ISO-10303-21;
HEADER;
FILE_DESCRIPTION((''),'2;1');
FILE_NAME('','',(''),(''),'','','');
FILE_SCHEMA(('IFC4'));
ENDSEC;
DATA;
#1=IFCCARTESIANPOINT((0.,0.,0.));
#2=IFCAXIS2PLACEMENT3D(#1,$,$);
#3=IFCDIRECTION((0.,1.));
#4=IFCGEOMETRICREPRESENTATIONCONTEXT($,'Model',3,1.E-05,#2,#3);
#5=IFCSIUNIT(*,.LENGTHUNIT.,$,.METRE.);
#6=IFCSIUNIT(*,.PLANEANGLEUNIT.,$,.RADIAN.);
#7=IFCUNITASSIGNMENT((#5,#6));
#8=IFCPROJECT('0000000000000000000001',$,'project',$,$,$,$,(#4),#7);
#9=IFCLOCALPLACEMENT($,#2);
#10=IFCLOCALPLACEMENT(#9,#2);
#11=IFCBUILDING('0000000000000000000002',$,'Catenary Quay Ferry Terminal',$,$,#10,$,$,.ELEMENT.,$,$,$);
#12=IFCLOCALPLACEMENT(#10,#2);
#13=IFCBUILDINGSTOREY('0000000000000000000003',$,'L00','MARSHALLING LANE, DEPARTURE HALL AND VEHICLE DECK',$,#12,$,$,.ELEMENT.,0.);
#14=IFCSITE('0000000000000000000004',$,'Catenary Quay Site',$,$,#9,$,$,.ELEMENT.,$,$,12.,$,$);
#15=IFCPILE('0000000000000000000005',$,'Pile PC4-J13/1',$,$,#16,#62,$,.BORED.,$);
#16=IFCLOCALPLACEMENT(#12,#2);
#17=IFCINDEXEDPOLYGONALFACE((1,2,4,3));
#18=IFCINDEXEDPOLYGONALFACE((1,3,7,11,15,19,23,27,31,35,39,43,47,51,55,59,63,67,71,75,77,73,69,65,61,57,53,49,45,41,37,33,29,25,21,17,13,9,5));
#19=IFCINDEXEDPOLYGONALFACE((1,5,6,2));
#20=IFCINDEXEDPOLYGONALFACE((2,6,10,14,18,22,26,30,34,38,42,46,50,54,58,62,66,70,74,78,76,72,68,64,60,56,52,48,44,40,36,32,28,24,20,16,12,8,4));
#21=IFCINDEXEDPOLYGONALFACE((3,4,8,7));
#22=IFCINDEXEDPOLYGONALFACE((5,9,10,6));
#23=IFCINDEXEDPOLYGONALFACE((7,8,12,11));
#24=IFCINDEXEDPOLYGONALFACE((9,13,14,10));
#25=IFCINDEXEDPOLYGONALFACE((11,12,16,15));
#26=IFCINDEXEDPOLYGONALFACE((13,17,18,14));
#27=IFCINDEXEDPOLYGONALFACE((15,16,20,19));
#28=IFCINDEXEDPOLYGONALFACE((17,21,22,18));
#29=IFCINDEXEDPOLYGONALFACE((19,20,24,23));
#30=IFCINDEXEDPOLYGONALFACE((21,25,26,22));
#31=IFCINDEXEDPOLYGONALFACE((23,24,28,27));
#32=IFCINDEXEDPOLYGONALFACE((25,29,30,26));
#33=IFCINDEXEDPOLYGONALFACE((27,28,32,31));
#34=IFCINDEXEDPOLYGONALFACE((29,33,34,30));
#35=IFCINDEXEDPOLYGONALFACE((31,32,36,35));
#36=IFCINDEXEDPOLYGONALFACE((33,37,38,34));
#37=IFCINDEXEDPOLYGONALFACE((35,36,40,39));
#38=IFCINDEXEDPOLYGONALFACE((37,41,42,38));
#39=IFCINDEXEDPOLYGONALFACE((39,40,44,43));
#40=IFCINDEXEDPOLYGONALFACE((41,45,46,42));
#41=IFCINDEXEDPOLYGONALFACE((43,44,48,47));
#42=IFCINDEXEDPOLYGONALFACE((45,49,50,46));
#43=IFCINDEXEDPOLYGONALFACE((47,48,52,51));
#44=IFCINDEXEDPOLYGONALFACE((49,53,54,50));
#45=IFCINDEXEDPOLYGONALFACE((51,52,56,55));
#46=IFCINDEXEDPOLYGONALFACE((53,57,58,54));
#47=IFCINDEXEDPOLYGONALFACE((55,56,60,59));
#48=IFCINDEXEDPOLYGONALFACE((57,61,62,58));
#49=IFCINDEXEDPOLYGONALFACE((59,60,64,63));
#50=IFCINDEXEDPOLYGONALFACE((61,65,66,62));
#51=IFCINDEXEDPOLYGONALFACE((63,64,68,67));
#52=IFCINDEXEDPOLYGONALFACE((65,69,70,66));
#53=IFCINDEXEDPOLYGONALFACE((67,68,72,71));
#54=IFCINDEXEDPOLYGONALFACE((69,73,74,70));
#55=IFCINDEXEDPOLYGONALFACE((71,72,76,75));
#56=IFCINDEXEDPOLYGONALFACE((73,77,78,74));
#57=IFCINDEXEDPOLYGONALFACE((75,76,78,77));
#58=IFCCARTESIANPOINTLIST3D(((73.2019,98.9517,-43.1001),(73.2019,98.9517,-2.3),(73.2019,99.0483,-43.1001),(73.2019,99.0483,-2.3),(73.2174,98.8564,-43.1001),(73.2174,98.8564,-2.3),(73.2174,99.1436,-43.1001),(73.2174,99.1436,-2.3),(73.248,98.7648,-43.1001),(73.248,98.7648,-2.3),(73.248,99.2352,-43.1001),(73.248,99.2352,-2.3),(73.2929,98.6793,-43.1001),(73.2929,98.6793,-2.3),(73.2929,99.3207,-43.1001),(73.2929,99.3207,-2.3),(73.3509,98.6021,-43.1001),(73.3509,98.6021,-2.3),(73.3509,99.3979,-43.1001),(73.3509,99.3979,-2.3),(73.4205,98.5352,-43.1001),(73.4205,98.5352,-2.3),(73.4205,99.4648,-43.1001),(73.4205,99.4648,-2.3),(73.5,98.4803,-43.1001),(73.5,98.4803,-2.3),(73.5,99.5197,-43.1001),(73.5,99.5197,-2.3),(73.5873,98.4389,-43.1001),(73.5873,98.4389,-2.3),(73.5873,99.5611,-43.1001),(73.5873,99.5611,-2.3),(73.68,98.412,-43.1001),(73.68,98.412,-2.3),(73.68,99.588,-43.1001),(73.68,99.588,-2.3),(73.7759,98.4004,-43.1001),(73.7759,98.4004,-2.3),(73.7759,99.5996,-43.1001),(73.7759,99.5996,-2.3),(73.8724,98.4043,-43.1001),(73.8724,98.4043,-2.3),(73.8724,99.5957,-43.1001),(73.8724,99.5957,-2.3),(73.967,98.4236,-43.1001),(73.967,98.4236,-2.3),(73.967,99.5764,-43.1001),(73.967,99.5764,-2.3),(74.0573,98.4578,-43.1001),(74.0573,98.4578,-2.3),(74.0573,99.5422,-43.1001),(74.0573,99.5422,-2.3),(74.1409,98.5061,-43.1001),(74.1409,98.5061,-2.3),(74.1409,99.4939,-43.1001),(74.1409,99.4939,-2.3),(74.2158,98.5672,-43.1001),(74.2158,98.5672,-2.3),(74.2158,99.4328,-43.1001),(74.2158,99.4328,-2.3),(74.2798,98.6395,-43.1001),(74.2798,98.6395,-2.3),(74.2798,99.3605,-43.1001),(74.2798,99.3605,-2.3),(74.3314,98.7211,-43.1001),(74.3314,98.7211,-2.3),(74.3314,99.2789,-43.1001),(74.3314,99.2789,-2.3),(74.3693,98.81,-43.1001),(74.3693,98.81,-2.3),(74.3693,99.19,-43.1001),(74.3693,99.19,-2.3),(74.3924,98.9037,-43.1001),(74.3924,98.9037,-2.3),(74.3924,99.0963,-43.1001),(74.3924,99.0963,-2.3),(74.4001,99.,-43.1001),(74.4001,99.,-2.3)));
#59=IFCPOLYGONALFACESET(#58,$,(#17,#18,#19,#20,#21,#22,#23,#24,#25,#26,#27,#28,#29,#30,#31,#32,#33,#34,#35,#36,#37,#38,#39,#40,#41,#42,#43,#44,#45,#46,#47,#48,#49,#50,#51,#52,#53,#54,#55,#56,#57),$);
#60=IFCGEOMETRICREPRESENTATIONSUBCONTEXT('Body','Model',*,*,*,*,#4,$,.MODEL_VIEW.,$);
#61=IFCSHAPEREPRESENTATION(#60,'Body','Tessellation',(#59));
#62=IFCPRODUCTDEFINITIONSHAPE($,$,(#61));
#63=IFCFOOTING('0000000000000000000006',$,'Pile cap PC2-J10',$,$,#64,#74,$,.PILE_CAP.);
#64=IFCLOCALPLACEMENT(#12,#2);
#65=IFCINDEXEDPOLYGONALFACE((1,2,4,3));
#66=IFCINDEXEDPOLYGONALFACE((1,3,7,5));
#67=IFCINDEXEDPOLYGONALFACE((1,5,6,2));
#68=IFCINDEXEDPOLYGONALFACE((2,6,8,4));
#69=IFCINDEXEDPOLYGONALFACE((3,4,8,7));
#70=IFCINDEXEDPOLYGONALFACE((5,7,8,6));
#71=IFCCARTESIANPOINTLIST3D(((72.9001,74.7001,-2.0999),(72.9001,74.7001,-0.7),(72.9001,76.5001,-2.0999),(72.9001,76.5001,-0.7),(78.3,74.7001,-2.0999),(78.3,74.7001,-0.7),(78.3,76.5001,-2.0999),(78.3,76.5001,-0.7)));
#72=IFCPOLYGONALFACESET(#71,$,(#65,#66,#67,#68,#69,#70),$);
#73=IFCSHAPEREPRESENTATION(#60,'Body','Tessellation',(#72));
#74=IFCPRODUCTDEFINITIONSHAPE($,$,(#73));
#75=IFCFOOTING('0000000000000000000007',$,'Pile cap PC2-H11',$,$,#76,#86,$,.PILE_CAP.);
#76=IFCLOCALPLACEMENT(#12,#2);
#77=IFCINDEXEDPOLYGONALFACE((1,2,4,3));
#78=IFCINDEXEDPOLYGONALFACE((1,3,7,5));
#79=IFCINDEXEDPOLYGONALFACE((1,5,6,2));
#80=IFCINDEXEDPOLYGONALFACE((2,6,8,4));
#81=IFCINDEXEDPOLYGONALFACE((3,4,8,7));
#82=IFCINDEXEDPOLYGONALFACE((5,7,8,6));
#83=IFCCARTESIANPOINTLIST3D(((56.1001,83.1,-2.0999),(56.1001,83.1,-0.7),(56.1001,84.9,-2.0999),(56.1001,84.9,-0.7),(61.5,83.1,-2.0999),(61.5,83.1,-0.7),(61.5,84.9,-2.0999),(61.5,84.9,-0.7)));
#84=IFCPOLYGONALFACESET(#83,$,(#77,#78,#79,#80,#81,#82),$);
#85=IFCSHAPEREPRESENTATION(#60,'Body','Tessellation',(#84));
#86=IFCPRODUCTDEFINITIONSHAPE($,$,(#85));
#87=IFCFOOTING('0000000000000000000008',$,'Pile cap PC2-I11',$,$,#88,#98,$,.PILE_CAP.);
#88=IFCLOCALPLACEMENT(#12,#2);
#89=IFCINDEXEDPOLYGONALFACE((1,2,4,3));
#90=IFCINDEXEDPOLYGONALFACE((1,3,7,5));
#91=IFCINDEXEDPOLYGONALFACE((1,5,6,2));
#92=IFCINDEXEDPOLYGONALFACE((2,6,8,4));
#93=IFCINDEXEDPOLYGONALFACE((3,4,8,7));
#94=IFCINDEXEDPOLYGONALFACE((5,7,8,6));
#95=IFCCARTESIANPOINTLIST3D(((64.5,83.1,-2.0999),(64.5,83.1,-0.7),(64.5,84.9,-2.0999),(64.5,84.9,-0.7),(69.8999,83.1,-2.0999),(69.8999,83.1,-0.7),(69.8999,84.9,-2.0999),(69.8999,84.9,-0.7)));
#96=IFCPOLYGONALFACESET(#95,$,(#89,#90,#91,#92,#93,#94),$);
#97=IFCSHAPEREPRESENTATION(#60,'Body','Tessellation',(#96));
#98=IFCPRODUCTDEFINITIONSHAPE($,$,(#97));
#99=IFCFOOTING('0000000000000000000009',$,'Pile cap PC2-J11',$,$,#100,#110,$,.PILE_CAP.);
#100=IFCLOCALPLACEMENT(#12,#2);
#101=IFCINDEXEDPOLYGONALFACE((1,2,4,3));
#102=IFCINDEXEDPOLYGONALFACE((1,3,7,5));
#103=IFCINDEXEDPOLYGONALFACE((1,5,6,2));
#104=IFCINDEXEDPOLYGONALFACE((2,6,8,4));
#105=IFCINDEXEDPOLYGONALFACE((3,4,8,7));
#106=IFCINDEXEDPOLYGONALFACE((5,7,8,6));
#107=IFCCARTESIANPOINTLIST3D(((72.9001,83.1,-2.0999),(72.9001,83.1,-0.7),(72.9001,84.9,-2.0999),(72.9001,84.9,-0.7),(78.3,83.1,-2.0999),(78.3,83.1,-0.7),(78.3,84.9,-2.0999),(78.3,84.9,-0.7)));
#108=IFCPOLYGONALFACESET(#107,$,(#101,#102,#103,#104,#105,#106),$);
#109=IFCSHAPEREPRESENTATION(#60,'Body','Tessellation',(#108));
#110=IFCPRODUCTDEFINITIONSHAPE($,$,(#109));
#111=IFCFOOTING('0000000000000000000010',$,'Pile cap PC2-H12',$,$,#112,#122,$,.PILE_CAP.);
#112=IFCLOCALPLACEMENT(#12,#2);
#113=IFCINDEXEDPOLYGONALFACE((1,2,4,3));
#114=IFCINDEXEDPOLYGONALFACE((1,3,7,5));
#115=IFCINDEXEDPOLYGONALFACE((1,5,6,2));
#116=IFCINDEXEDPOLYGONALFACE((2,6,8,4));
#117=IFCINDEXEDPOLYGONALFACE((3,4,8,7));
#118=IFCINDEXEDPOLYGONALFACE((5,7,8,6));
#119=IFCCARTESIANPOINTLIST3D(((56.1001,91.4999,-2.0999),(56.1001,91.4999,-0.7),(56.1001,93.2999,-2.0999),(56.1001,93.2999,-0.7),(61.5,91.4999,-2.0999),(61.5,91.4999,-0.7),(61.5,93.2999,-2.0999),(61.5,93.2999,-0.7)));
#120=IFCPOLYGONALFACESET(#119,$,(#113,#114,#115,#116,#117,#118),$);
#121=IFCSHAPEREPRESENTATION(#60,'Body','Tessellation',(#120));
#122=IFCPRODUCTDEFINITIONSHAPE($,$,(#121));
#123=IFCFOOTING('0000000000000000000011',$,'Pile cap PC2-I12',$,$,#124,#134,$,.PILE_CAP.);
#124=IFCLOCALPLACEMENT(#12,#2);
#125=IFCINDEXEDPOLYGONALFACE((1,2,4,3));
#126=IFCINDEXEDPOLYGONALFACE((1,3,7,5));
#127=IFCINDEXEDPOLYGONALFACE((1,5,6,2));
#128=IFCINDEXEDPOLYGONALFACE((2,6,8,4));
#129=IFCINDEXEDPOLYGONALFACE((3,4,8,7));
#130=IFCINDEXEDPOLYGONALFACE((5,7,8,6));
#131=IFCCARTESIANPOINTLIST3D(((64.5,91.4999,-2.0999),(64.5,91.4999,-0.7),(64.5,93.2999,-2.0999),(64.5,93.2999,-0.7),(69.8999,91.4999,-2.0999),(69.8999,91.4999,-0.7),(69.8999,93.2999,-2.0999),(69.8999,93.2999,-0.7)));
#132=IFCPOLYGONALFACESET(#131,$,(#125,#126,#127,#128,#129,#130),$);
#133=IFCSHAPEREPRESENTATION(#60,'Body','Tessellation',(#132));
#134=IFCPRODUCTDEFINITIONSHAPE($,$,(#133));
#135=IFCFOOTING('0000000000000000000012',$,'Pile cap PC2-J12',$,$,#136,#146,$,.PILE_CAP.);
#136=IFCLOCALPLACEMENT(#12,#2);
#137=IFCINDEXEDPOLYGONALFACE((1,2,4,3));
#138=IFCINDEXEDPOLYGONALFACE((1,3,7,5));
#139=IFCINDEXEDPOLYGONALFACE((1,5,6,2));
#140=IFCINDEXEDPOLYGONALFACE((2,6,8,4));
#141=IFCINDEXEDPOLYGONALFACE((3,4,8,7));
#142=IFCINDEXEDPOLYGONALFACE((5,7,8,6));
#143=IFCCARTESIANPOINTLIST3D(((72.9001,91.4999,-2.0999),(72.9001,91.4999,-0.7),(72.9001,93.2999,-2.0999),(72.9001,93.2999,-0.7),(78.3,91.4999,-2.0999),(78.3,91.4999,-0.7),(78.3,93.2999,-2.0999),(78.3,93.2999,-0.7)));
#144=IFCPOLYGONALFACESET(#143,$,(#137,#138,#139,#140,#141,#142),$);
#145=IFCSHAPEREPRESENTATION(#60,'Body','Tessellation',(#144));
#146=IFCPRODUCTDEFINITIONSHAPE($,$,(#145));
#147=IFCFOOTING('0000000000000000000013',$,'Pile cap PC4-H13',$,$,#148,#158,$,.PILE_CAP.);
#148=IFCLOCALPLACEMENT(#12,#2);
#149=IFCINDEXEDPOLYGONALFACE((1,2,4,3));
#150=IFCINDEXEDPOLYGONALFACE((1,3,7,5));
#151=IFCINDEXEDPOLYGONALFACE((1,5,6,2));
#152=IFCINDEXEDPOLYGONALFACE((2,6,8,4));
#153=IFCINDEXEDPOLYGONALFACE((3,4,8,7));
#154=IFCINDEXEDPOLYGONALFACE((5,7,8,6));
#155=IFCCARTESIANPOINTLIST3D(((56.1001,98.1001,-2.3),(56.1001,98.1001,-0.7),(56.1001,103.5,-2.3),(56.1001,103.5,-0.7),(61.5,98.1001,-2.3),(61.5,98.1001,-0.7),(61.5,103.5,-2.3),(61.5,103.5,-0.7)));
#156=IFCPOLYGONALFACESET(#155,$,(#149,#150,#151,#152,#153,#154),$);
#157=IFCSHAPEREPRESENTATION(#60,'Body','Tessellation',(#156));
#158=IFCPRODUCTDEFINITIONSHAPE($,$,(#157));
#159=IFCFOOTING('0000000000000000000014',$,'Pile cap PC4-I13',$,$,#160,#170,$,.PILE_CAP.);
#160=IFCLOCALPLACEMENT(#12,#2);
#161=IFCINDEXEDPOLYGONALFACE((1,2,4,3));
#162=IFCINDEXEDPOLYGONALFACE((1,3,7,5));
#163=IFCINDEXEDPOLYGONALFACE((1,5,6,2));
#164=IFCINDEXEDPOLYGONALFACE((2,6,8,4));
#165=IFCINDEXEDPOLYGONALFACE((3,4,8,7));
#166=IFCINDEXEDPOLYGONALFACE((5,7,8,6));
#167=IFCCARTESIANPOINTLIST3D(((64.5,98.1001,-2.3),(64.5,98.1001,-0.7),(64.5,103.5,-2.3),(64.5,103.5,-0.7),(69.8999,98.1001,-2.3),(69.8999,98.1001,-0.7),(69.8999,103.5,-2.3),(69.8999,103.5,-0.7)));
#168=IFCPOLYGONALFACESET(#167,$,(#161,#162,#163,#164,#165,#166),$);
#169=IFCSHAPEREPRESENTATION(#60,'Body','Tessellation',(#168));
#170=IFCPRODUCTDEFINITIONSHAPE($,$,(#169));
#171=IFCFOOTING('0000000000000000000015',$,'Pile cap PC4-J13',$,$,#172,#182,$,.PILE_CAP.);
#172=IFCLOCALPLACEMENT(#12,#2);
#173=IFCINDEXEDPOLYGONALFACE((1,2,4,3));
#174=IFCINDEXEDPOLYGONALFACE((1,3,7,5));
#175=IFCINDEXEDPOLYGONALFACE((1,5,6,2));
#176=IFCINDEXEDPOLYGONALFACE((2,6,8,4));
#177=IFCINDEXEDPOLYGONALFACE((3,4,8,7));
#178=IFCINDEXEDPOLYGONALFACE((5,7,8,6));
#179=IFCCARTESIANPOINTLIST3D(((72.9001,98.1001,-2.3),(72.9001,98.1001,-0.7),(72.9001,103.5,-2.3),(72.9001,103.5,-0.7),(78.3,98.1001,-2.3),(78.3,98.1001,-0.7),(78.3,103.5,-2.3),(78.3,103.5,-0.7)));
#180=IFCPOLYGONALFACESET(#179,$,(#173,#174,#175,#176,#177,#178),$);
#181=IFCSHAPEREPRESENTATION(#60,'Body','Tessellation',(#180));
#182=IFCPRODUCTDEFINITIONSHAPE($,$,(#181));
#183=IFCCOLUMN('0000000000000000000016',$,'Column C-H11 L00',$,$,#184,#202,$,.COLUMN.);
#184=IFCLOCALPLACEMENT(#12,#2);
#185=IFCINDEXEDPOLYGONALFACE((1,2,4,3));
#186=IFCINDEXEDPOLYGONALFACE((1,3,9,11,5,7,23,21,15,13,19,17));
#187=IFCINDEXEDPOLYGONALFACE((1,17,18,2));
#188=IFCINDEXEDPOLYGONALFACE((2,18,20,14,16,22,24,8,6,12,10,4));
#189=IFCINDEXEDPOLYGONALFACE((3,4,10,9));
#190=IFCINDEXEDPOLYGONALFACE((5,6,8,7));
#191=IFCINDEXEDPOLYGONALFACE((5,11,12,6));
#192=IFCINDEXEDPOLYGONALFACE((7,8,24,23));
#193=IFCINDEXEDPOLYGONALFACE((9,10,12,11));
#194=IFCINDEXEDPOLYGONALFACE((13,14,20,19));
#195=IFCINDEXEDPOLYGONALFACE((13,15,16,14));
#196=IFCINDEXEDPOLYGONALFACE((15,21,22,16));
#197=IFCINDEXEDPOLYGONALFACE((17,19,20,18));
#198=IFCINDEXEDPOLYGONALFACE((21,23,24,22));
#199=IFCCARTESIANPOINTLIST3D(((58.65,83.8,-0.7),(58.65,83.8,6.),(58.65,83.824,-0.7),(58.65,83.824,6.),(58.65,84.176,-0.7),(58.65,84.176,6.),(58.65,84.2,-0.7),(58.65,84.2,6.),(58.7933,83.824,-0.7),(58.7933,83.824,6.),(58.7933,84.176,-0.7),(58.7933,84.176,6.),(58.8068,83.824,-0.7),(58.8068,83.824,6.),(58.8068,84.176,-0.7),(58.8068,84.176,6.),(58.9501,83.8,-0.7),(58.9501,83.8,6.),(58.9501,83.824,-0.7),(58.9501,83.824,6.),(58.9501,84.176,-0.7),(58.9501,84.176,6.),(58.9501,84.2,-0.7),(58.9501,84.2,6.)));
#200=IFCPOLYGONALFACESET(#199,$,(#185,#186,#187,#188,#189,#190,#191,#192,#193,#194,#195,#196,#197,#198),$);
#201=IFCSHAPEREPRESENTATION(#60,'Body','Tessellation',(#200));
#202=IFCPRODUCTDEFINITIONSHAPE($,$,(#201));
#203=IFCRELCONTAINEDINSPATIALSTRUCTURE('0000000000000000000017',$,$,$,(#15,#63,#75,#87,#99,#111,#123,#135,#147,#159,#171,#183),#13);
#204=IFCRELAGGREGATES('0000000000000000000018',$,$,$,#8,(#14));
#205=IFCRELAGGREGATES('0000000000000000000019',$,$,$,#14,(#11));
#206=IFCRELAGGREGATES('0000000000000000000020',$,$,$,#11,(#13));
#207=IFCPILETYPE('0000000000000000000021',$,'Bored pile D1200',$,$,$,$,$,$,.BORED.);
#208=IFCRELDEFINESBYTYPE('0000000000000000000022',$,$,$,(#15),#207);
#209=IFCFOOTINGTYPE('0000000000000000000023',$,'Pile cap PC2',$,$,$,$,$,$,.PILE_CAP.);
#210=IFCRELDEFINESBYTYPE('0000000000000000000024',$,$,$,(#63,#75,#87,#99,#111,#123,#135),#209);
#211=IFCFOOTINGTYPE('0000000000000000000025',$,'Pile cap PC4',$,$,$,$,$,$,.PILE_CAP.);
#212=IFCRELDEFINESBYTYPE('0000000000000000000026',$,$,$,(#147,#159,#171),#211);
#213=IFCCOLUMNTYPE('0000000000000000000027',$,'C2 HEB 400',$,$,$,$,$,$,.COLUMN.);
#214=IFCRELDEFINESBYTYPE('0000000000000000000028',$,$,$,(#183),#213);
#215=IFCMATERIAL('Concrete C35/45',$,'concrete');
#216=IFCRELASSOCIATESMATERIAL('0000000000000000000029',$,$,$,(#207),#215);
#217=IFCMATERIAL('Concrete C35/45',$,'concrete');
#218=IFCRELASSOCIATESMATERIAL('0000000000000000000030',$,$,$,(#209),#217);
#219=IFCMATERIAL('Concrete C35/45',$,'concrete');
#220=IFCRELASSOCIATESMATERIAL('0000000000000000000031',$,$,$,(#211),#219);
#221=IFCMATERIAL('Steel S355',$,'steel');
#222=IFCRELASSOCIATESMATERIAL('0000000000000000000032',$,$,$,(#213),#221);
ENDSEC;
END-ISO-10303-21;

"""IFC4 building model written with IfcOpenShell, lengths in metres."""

from ifc_helpers import new_model, si_unit, direction, frame, origin, origin_2d, place, context, subcontext, project, spatial, rectangle, circle, i_section, extrude, material, material_profile, profile_set, type_object, element, save


model = new_model("IFC4")

# Units and contexts
model_context = context("Model", 3, precision=1e-05, world=origin(), true_north=direction((0.0, 1.0)))
body_context = subcontext(model_context, "Body", "Model", "MODEL_VIEW")
ifc_project = project(units=[si_unit("LENGTHUNIT", "METRE"), si_unit("PLANEANGLEUNIT", "RADIAN")], contexts=[model_context])

# Site, building, storey
site_placement = place(None, origin())
site = spatial("IfcSite", under=ifc_project, at=site_placement, Name="Catenary Quay Site", CompositionType="ELEMENT", RefElevation=12.0)
building_placement = place(site_placement, origin())
building = spatial("IfcBuilding", under=site, at=building_placement, Name="Catenary Quay Ferry Terminal", CompositionType="ELEMENT")
storey_placement = place(building_placement, origin())
storey = spatial("IfcBuildingStorey", under=building, at=storey_placement, Name="L00", Description="MARSHALLING LANE, DEPARTURE HALL AND VEHICLE DECK", CompositionType="ELEMENT", Elevation=0.0)

# Pile
ifc_material_1 = material(Name="Concrete C35/45", Category="concrete")
ifc_material_profile_1 = material_profile(ifc_material_1, circle(Radius=0.6001, at=origin_2d()), Name="D1200")
ifc_profile_set_1 = profile_set([ifc_material_profile_1], Name="Concrete C35/45")
pile_type = type_object("IfcPileType", Name="Bored pile D1200", PredefinedType="BORED", material=ifc_profile_set_1)
for number, where, z_axis, x_axis, name in (
    (1, (73.8, 99.0, -2.3), (0.0, 0.0, -1.0), (1.0, 0.0, 0.0), "Pile PC4-J13/1"),
):
    element("IfcPile", number, at=place(storey_placement, frame(where, z_axis=z_axis, x_axis=x_axis)), inside=storey, type_object=pile_type, Name=name, PredefinedType="BORED", context=body_context, shape_type="SweptSolid", body=[
        extrude(circle(Radius=0.6001, at=origin_2d()), origin(), (0.0, 0.0, 1.0), 40.8),
    ])

# Footings
ifc_material_2 = material(Name="Concrete C35/45", Category="concrete")
footing_type_1 = type_object("IfcFootingType", Name="Pile cap PC2", PredefinedType="PILE_CAP", material=ifc_material_2)
for number, where, z_axis, x_axis, name in (
    (2, (75.6001, 75.6001, -2.0999), (0.0, 0.0, 1.0), (1.0, 0.0, 0.0), "Pile cap PC2-J10"),
    (3, (58.8, 84.0, -2.0999), (0.0, 0.0, 1.0), (1.0, 0.0, 0.0), "Pile cap PC2-H11"),
    (4, (67.2, 84.0, -2.0999), (0.0, 0.0, 1.0), (1.0, 0.0, 0.0), "Pile cap PC2-I11"),
    (5, (75.6001, 84.0, -2.0999), (0.0, 0.0, 1.0), (1.0, 0.0, 0.0), "Pile cap PC2-J11"),
    (6, (58.8, 92.3999, -2.0999), (0.0, 0.0, 1.0), (1.0, 0.0, 0.0), "Pile cap PC2-H12"),
    (7, (67.2, 92.3999, -2.0999), (0.0, 0.0, 1.0), (1.0, 0.0, 0.0), "Pile cap PC2-I12"),
    (8, (75.6001, 92.3999, -2.0999), (0.0, 0.0, 1.0), (1.0, 0.0, 0.0), "Pile cap PC2-J12"),
):
    element("IfcFooting", number, at=place(storey_placement, frame(where, z_axis=z_axis, x_axis=x_axis)), inside=storey, type_object=footing_type_1, Name=name, PredefinedType="PILE_CAP", context=body_context, shape_type="SweptSolid", body=[
        extrude(rectangle(XDim=5.3999, YDim=1.8, at=origin_2d()), origin(), (0.0, 0.0, 1.0), 1.3999),
    ])
ifc_material_3 = material(Name="Concrete C35/45", Category="concrete")
footing_type_2 = type_object("IfcFootingType", Name="Pile cap PC4", PredefinedType="PILE_CAP", material=ifc_material_3)
for number, where, z_axis, x_axis, name in (
    (9, (58.8, 100.8, -2.3), (0.0, 0.0, 1.0), (1.0, 0.0, 0.0), "Pile cap PC4-H13"),
    (10, (67.2, 100.8, -2.3), (0.0, 0.0, 1.0), (1.0, 0.0, 0.0), "Pile cap PC4-I13"),
    (11, (75.6001, 100.8, -2.3), (0.0, 0.0, 1.0), (1.0, 0.0, 0.0), "Pile cap PC4-J13"),
):
    element("IfcFooting", number, at=place(storey_placement, frame(where, z_axis=z_axis, x_axis=x_axis)), inside=storey, type_object=footing_type_2, Name=name, PredefinedType="PILE_CAP", context=body_context, shape_type="SweptSolid", body=[
        extrude(rectangle(XDim=5.3999, YDim=5.3999, at=origin_2d()), origin(), (0.0, 0.0, 1.0), 1.6001),
    ])

# Column
ifc_material_4 = material(Name="Steel S355", Category="steel")
ifc_material_profile_2 = material_profile(ifc_material_4, i_section(OverallWidth=0.3, OverallDepth=0.3999, WebThickness=0.0134, FlangeThickness=0.0239, at=origin_2d()), Name="HEB 400")
ifc_profile_set_2 = profile_set([ifc_material_profile_2], Name="Steel S355")
column_type = type_object("IfcColumnType", Name="C2 HEB 400", PredefinedType="COLUMN", material=ifc_profile_set_2)
for number, where, z_axis, x_axis, name in (
    (12, (58.8, 84.0, -0.7), (0.0, 0.0, 1.0), (1.0, 0.0, 0.0), "Column C-H11 L00"),
):
    element("IfcColumn", number, at=place(storey_placement, frame(where, z_axis=z_axis, x_axis=x_axis)), inside=storey, type_object=column_type, Name=name, PredefinedType="COLUMN", context=body_context, shape_type="SweptSolid", body=[
        extrude(i_section(OverallWidth=0.3, OverallDepth=0.3999, WebThickness=0.0134, FlangeThickness=0.0239, at=origin_2d()), origin(), (0.0, 0.0, 1.0), 6.7),
    ])

save(model, "model.ifc")
